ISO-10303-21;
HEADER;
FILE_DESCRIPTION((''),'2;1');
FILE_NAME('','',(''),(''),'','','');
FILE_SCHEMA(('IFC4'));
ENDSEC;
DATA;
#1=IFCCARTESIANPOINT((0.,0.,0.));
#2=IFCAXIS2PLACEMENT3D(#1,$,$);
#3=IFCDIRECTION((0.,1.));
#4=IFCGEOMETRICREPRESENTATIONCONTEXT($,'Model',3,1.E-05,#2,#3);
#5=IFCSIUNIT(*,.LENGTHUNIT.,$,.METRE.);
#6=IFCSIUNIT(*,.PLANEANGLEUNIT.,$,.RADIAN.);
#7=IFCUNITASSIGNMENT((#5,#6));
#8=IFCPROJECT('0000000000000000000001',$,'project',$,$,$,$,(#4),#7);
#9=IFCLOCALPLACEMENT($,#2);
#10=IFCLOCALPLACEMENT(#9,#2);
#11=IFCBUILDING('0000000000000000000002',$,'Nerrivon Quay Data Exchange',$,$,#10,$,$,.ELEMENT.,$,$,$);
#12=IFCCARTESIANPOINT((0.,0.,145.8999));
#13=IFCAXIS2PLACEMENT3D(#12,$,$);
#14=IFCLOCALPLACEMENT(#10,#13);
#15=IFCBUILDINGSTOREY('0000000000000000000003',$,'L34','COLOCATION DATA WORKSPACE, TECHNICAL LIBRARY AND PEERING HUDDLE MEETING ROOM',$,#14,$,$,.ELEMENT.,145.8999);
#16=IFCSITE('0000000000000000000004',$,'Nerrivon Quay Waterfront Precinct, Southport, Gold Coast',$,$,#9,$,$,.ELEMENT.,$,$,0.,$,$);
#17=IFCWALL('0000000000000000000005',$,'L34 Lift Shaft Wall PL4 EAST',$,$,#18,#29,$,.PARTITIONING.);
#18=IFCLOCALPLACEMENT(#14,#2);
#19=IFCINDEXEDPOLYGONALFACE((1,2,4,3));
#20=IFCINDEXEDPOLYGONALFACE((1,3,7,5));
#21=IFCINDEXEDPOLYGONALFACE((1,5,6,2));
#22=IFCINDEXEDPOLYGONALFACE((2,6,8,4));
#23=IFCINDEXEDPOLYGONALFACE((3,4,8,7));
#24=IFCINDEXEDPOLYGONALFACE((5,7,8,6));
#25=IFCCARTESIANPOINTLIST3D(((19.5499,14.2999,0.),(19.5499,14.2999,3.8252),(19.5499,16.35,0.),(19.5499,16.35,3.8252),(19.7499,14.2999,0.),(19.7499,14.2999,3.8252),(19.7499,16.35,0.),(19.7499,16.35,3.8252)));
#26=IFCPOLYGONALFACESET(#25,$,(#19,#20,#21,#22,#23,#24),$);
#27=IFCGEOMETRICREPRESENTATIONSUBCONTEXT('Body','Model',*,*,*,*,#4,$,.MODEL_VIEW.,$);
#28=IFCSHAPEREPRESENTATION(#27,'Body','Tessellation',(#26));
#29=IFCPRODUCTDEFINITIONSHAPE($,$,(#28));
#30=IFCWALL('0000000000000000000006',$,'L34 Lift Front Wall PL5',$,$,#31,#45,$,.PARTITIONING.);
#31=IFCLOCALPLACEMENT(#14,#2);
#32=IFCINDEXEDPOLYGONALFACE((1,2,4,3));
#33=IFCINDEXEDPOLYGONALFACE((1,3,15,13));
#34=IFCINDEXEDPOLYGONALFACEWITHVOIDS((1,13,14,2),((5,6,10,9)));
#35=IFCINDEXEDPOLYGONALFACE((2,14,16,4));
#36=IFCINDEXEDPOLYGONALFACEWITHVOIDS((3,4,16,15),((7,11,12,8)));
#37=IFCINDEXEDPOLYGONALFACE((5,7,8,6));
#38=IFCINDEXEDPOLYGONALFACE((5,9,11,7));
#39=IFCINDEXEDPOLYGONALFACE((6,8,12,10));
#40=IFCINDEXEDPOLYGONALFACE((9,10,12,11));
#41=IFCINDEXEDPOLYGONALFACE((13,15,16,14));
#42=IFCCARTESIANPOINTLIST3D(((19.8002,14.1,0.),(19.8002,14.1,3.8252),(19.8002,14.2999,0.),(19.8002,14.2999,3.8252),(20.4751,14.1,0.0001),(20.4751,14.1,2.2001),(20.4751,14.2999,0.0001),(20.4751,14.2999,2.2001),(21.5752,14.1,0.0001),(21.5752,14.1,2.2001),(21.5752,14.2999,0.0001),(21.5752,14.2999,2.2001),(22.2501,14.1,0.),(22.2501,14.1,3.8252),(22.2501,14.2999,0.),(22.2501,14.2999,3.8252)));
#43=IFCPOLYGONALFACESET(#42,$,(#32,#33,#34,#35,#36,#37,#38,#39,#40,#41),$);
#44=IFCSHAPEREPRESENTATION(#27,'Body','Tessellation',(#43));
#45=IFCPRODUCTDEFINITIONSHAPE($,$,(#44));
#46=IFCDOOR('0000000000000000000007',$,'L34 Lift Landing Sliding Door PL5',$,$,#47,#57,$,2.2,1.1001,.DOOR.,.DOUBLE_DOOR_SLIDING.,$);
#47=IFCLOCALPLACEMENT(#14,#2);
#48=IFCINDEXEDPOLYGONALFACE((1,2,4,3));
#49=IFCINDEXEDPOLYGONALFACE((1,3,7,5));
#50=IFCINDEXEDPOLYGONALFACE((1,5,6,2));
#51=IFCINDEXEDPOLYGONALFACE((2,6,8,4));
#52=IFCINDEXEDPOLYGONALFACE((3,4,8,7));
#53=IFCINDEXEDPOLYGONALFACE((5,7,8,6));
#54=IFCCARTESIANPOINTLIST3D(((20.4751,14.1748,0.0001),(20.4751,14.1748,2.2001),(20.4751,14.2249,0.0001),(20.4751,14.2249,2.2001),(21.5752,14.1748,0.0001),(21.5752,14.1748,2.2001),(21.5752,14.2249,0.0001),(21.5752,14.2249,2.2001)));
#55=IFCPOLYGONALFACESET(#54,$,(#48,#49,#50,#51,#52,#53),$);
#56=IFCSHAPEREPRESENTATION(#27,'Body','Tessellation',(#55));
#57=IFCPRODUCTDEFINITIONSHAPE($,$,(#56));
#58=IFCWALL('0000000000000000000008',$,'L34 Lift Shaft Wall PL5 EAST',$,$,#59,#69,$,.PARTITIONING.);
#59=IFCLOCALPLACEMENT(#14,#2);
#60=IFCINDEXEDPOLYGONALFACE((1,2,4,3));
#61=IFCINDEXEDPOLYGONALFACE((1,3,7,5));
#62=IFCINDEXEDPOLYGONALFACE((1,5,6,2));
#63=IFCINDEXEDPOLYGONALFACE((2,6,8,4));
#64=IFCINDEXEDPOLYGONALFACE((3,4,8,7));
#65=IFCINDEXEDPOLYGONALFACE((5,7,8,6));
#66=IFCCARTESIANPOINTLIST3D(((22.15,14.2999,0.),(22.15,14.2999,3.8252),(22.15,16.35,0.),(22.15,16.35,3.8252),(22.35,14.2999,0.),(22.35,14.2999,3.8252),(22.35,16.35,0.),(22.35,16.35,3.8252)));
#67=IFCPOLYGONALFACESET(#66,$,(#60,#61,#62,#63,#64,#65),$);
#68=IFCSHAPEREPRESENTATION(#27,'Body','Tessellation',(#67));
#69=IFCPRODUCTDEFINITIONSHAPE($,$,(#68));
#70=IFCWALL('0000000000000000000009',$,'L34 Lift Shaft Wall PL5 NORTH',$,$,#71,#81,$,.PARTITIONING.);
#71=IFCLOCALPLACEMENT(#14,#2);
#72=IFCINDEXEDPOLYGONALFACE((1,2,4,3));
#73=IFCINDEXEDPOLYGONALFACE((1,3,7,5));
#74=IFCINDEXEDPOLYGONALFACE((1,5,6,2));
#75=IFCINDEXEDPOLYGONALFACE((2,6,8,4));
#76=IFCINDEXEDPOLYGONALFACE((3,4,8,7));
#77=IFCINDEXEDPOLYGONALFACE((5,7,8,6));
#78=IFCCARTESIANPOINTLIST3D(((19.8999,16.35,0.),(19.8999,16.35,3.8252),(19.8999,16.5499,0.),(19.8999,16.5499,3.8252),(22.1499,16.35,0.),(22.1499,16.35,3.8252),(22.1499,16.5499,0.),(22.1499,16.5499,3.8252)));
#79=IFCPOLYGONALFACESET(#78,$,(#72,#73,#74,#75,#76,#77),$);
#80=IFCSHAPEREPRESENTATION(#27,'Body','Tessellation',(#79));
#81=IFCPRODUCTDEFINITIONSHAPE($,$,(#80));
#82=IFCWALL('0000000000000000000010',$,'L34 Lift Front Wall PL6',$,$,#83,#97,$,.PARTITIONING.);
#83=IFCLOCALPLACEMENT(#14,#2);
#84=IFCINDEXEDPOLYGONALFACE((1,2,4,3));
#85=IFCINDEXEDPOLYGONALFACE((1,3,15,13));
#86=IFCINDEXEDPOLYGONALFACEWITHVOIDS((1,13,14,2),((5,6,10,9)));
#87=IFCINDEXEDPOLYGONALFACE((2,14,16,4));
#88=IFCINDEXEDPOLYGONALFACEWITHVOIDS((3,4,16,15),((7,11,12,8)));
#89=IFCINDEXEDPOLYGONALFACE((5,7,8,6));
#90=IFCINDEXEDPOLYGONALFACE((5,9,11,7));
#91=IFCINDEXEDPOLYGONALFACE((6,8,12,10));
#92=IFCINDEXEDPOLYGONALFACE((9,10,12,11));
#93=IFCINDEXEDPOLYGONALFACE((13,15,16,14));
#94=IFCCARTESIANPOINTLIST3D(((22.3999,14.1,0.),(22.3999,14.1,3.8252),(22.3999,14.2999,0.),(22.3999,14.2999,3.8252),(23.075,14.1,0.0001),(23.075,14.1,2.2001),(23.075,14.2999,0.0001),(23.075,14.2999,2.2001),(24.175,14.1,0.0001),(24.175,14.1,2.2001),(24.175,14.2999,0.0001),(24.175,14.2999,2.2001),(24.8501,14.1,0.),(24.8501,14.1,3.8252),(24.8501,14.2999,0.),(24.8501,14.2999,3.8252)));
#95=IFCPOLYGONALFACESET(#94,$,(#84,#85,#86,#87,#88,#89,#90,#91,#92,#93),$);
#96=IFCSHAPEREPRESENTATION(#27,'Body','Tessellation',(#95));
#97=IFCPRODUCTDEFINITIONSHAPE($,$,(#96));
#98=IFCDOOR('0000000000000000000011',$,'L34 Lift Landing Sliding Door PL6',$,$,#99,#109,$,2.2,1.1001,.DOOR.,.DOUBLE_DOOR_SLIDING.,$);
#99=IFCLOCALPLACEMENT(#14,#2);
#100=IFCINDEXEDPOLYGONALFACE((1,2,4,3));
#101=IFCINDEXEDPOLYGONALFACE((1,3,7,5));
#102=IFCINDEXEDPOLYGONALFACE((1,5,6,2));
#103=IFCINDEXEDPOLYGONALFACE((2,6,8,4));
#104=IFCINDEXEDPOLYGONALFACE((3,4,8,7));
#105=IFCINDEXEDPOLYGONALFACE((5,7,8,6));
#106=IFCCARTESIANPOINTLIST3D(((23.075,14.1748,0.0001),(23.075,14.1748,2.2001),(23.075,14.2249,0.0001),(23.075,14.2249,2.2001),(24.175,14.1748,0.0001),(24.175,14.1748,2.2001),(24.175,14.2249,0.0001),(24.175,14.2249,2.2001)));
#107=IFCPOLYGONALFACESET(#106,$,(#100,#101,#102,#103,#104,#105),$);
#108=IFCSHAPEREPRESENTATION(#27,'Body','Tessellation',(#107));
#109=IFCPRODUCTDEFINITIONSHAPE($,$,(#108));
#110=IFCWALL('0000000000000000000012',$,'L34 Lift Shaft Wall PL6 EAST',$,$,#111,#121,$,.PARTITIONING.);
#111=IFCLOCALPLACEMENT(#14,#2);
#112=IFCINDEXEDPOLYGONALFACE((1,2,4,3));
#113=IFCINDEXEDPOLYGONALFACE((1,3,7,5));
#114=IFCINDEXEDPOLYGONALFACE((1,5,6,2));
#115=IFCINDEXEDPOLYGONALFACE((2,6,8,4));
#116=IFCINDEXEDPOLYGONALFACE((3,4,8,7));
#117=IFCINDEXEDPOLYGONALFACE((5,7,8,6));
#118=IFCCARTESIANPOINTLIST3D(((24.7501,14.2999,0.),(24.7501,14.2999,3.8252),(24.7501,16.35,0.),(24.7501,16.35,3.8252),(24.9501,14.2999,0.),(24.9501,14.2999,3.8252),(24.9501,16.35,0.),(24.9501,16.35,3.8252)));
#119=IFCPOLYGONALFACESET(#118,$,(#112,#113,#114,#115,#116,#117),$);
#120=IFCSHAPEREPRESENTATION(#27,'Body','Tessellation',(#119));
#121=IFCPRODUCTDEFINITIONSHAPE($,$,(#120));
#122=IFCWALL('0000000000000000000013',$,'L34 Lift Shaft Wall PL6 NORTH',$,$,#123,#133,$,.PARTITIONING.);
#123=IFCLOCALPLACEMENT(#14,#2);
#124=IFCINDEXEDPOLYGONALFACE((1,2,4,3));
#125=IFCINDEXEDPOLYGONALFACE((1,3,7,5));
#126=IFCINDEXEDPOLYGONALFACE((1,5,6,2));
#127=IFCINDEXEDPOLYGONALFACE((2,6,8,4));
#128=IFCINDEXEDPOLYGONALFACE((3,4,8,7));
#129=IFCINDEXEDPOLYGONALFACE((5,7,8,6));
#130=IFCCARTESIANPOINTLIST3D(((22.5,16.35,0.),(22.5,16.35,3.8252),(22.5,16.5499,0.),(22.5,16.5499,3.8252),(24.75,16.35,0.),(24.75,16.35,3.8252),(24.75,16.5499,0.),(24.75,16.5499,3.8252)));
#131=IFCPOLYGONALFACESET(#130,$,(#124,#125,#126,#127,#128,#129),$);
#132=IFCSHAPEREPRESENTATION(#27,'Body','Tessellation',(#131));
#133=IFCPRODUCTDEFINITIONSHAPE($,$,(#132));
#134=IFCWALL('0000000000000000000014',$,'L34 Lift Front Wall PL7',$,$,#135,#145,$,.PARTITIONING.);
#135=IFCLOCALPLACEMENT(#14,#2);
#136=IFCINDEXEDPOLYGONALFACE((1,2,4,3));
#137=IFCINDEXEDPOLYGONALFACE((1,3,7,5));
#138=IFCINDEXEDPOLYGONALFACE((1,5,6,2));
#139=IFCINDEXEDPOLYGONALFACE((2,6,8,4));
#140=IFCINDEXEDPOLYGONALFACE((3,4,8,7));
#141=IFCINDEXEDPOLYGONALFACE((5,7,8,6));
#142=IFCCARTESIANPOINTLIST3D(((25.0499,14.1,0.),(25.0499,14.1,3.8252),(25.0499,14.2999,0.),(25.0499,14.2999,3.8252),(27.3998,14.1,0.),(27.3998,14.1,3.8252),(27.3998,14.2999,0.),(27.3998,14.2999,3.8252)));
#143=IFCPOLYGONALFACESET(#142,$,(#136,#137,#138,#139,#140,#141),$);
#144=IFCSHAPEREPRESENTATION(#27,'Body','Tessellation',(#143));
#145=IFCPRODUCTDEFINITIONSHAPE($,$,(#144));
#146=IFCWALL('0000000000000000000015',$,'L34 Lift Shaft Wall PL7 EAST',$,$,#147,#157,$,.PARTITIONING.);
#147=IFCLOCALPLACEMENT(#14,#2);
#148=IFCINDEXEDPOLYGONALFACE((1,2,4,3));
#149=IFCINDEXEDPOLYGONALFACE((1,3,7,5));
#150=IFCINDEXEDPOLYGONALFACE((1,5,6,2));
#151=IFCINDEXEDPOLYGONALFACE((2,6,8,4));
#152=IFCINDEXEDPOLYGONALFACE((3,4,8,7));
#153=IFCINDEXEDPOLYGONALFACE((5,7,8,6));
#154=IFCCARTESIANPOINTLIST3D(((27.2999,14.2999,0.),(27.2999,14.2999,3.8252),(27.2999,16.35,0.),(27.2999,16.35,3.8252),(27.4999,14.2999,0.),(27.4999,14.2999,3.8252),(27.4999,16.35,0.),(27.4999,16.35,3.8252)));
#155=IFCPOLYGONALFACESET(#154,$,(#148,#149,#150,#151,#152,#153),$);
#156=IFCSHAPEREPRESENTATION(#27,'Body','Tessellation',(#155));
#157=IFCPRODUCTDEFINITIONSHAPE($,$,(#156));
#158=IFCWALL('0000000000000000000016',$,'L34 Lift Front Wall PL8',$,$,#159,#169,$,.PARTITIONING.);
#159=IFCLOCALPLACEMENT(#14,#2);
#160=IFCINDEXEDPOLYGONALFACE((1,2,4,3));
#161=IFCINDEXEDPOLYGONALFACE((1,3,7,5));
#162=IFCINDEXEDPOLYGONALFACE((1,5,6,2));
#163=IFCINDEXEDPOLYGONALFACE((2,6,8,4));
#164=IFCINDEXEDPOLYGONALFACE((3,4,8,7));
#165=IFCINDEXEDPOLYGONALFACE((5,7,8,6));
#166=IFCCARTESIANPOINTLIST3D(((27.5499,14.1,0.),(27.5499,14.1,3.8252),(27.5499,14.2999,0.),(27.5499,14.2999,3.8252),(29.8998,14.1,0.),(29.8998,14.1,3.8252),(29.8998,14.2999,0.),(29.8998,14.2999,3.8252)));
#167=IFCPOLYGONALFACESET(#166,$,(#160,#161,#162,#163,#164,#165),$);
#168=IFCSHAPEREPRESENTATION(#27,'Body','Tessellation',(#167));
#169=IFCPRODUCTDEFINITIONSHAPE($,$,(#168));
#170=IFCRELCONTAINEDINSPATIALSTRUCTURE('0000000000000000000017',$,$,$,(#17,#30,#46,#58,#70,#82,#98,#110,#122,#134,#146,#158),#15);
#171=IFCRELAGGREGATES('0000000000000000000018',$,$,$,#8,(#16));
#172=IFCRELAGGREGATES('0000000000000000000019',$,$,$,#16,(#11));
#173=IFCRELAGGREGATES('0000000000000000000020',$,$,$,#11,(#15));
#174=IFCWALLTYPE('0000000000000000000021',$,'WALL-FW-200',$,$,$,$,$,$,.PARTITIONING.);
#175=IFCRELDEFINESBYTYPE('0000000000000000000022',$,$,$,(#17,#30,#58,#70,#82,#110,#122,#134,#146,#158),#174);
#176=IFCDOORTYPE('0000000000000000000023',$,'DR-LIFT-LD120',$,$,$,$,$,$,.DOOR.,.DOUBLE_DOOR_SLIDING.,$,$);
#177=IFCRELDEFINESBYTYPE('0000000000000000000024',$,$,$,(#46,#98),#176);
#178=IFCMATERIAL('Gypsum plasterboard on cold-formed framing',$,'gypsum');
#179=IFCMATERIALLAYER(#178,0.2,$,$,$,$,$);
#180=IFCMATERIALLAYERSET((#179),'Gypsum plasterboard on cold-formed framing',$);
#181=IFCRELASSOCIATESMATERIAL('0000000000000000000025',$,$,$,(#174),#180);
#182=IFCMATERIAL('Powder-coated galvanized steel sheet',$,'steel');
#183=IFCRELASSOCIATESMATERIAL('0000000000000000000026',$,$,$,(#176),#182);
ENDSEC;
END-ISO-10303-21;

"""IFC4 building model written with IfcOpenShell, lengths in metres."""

from ifc_helpers import new_model, si_unit, direction, frame, frame_2d, origin, place, context, subcontext, project, spatial, rectangle, extrude, material, layer, layer_set, type_object, element, fill, save


model = new_model("IFC4")

# Units and contexts
model_context = context("Model", 3, precision=1e-05, world=origin(), true_north=direction((0.0, 1.0)))
body_context = subcontext(model_context, "Body", "Model", "MODEL_VIEW")
ifc_project = project(units=[si_unit("LENGTHUNIT", "METRE"), si_unit("PLANEANGLEUNIT", "RADIAN")], contexts=[model_context])

# Site, building, storey
site_placement = place(None, origin())
site = spatial("IfcSite", under=ifc_project, at=site_placement, Name="Nerrivon Quay Waterfront Precinct, Southport, Gold Coast", CompositionType="ELEMENT", RefElevation=0.0)
building_placement = place(site_placement, origin())
building = spatial("IfcBuilding", under=site, at=building_placement, Name="Nerrivon Quay Data Exchange", CompositionType="ELEMENT")
storey_placement = place(building_placement, frame((0.0, 0.0, 145.8999)))
storey = spatial("IfcBuildingStorey", under=building, at=storey_placement, Name="L34", Description="COLOCATION DATA WORKSPACE, TECHNICAL LIBRARY AND PEERING HUDDLE MEETING ROOM", CompositionType="ELEMENT", Elevation=145.8999)

# Wall
ifc_material_1 = material(Name="Gypsum plasterboard on cold-formed framing", Category="gypsum")
ifc_layer_1 = layer(ifc_material_1, 0.2)
ifc_layer_set_1 = layer_set([ifc_layer_1], Name="Gypsum plasterboard on cold-formed framing")
wall_type_1 = type_object("IfcWallType", Name="WALL-FW-200", PredefinedType="PARTITIONING", material=ifc_layer_set_1)
wall_1_placement = place(storey_placement, frame((19.6499, 14.3, 0.0), z_axis=(0.0, 0.0, 1.0), x_axis=(0.0, 1.0, 0.0)))
element("IfcWall", 1, at=wall_1_placement, inside=storey, type_object=wall_type_1, Name="L34 Lift Shaft Wall PL4 EAST", PredefinedType="PARTITIONING", context=body_context, shape_type="SweptSolid", body=[
    extrude(rectangle(XDim=2.05, YDim=0.2, at=frame_2d((1.0249, 0.0))), origin(), (0.0, 0.0, 1.0), 3.8252),
])

# Wall, opening, door
wall_2_placement = place(storey_placement, frame((19.8, 14.2, 0.0), z_axis=(0.0, 0.0, 1.0), x_axis=(1.0, 0.0, 0.0)))
wall_2 = element("IfcWall", 2, at=wall_2_placement, inside=storey, type_object=wall_type_1, Name="L34 Lift Front Wall PL5", PredefinedType="PARTITIONING", context=body_context, shape_type="SweptSolid", body=[
    extrude(rectangle(XDim=2.45, YDim=0.2, at=frame_2d((1.2251, 0.0))), origin(), (0.0, 0.0, 1.0), 3.8252),
])
opening_1_placement = place(wall_2_placement, frame((0.675, 0.0, 0.0)))
opening_1 = element("IfcOpeningElement", 3, at=opening_1_placement, cuts=wall_2, PredefinedType="OPENING", context=body_context, shape_type="SweptSolid", body=[
    extrude(rectangle(XDim=1.1001, YDim=2.2, at=frame_2d((0.55, 1.1001))), frame((0.0, 0.1099, 0.0), z_axis=(0.0, -1.0, 0.0), x_axis=(1.0, 0.0, 0.0)), (0.0, 0.0, 1.0), 0.22),
])
ifc_material_2 = material(Name="Powder-coated galvanized steel sheet", Category="steel")
door_type_1 = type_object("IfcDoorType", Name="DR-LIFT-LD120", OperationType="DOUBLE_DOOR_SLIDING", PredefinedType="DOOR", material=ifc_material_2)
door_1_placement = place(opening_1_placement, origin())
door_1 = element("IfcDoor", 4, at=door_1_placement, inside=storey, type_object=door_type_1, Name="L34 Lift Landing Sliding Door PL5", OperationType="DOUBLE_DOOR_SLIDING", OverallHeight=2.2, OverallWidth=1.1001, PredefinedType="DOOR", context=body_context, shape_type="SweptSolid", body=[
    extrude(rectangle(XDim=1.1001, YDim=2.2, at=frame_2d((0.55, 1.1001))), frame((0.0, 0.0249, 0.0), z_axis=(0.0, -1.0, 0.0), x_axis=(1.0, 0.0, 0.0)), (0.0, 0.0, 1.0), 0.05),
])
fill(opening_1, door_1)

# Walls
wall_3_placement = place(storey_placement, frame((22.25, 14.3, 0.0), z_axis=(0.0, 0.0, 1.0), x_axis=(0.0, 1.0, 0.0)))
element("IfcWall", 5, at=wall_3_placement, inside=storey, type_object=wall_type_1, Name="L34 Lift Shaft Wall PL5 EAST", PredefinedType="PARTITIONING", context=body_context, shape_type="SweptSolid", body=[
    extrude(rectangle(XDim=2.05, YDim=0.2, at=frame_2d((1.0249, 0.0))), origin(), (0.0, 0.0, 1.0), 3.8252),
])
wall_4_placement = place(storey_placement, frame((19.8999, 16.45, 0.0), z_axis=(0.0, 0.0, 1.0), x_axis=(1.0, 0.0, 0.0)))
element("IfcWall", 6, at=wall_4_placement, inside=storey, type_object=wall_type_1, Name="L34 Lift Shaft Wall PL5 NORTH", PredefinedType="PARTITIONING", context=body_context, shape_type="SweptSolid", body=[
    extrude(rectangle(XDim=2.25, YDim=0.2, at=frame_2d((1.125, 0.0))), origin(), (0.0, 0.0, 1.0), 3.8252),
])

# Wall, opening, door
wall_5_placement = place(storey_placement, frame((22.3999, 14.2, 0.0), z_axis=(0.0, 0.0, 1.0), x_axis=(1.0, 0.0, 0.0)))
wall_5 = element("IfcWall", 7, at=wall_5_placement, inside=storey, type_object=wall_type_1, Name="L34 Lift Front Wall PL6", PredefinedType="PARTITIONING", context=body_context, shape_type="SweptSolid", body=[
    extrude(rectangle(XDim=2.4502, YDim=0.2, at=frame_2d((1.2251, 0.0))), origin(), (0.0, 0.0, 1.0), 3.8252),
])
opening_2_placement = place(wall_5_placement, frame((0.675, 0.0, 0.0)))
opening_2 = element("IfcOpeningElement", 8, at=opening_2_placement, cuts=wall_5, PredefinedType="OPENING", context=body_context, shape_type="SweptSolid", body=[
    extrude(rectangle(XDim=1.1001, YDim=2.2, at=frame_2d((0.55, 1.1001))), frame((0.0, 0.1099, 0.0), z_axis=(0.0, -1.0, 0.0), x_axis=(1.0, 0.0, 0.0)), (0.0, 0.0, 1.0), 0.22),
])
door_2_placement = place(opening_2_placement, origin())
door_2 = element("IfcDoor", 9, at=door_2_placement, inside=storey, type_object=door_type_1, Name="L34 Lift Landing Sliding Door PL6", OperationType="DOUBLE_DOOR_SLIDING", OverallHeight=2.2, OverallWidth=1.1001, PredefinedType="DOOR", context=body_context, shape_type="SweptSolid", body=[
    extrude(rectangle(XDim=1.1001, YDim=2.2, at=frame_2d((0.55, 1.1001))), frame((0.0, 0.0249, 0.0), z_axis=(0.0, -1.0, 0.0), x_axis=(1.0, 0.0, 0.0)), (0.0, 0.0, 1.0), 0.05),
])
fill(opening_2, door_2)

# Walls
wall_6_placement = place(storey_placement, frame((24.8501, 14.3, 0.0), z_axis=(0.0, 0.0, 1.0), x_axis=(0.0, 1.0, 0.0)))
element("IfcWall", 10, at=wall_6_placement, inside=storey, type_object=wall_type_1, Name="L34 Lift Shaft Wall PL6 EAST", PredefinedType="PARTITIONING", context=body_context, shape_type="SweptSolid", body=[
    extrude(rectangle(XDim=2.05, YDim=0.2, at=frame_2d((1.0249, 0.0))), origin(), (0.0, 0.0, 1.0), 3.8252),
])
wall_7_placement = place(storey_placement, frame((22.5, 16.45, 0.0), z_axis=(0.0, 0.0, 1.0), x_axis=(1.0, 0.0, 0.0)))
element("IfcWall", 11, at=wall_7_placement, inside=storey, type_object=wall_type_1, Name="L34 Lift Shaft Wall PL6 NORTH", PredefinedType="PARTITIONING", context=body_context, shape_type="SweptSolid", body=[
    extrude(rectangle(XDim=2.25, YDim=0.2, at=frame_2d((1.125, 0.0))), origin(), (0.0, 0.0, 1.0), 3.8252),
])
wall_8_placement = place(storey_placement, frame((25.05, 14.2, 0.0), z_axis=(0.0, 0.0, 1.0), x_axis=(1.0, 0.0, 0.0)))
element("IfcWall", 12, at=wall_8_placement, inside=storey, type_object=wall_type_1, Name="L34 Lift Front Wall PL7", PredefinedType="PARTITIONING", context=body_context, shape_type="SweptSolid", body=[
    extrude(rectangle(XDim=2.3499, YDim=0.2, at=frame_2d((1.1748, 0.0))), origin(), (0.0, 0.0, 1.0), 3.8252),
])
wall_9_placement = place(storey_placement, frame((27.3999, 14.3, 0.0), z_axis=(0.0, 0.0, 1.0), x_axis=(0.0, 1.0, 0.0)))
element("IfcWall", 13, at=wall_9_placement, inside=storey, type_object=wall_type_1, Name="L34 Lift Shaft Wall PL7 EAST", PredefinedType="PARTITIONING", context=body_context, shape_type="SweptSolid", body=[
    extrude(rectangle(XDim=2.05, YDim=0.2, at=frame_2d((1.0249, 0.0))), origin(), (0.0, 0.0, 1.0), 3.8252),
])
wall_10_placement = place(storey_placement, frame((27.55, 14.2, 0.0), z_axis=(0.0, 0.0, 1.0), x_axis=(1.0, 0.0, 0.0)))
element("IfcWall", 14, at=wall_10_placement, inside=storey, type_object=wall_type_1, Name="L34 Lift Front Wall PL8", PredefinedType="PARTITIONING", context=body_context, shape_type="SweptSolid", body=[
    extrude(rectangle(XDim=2.3499, YDim=0.2, at=frame_2d((1.1748, 0.0))), origin(), (0.0, 0.0, 1.0), 3.8252),
])

save(model, "model.ifc")
